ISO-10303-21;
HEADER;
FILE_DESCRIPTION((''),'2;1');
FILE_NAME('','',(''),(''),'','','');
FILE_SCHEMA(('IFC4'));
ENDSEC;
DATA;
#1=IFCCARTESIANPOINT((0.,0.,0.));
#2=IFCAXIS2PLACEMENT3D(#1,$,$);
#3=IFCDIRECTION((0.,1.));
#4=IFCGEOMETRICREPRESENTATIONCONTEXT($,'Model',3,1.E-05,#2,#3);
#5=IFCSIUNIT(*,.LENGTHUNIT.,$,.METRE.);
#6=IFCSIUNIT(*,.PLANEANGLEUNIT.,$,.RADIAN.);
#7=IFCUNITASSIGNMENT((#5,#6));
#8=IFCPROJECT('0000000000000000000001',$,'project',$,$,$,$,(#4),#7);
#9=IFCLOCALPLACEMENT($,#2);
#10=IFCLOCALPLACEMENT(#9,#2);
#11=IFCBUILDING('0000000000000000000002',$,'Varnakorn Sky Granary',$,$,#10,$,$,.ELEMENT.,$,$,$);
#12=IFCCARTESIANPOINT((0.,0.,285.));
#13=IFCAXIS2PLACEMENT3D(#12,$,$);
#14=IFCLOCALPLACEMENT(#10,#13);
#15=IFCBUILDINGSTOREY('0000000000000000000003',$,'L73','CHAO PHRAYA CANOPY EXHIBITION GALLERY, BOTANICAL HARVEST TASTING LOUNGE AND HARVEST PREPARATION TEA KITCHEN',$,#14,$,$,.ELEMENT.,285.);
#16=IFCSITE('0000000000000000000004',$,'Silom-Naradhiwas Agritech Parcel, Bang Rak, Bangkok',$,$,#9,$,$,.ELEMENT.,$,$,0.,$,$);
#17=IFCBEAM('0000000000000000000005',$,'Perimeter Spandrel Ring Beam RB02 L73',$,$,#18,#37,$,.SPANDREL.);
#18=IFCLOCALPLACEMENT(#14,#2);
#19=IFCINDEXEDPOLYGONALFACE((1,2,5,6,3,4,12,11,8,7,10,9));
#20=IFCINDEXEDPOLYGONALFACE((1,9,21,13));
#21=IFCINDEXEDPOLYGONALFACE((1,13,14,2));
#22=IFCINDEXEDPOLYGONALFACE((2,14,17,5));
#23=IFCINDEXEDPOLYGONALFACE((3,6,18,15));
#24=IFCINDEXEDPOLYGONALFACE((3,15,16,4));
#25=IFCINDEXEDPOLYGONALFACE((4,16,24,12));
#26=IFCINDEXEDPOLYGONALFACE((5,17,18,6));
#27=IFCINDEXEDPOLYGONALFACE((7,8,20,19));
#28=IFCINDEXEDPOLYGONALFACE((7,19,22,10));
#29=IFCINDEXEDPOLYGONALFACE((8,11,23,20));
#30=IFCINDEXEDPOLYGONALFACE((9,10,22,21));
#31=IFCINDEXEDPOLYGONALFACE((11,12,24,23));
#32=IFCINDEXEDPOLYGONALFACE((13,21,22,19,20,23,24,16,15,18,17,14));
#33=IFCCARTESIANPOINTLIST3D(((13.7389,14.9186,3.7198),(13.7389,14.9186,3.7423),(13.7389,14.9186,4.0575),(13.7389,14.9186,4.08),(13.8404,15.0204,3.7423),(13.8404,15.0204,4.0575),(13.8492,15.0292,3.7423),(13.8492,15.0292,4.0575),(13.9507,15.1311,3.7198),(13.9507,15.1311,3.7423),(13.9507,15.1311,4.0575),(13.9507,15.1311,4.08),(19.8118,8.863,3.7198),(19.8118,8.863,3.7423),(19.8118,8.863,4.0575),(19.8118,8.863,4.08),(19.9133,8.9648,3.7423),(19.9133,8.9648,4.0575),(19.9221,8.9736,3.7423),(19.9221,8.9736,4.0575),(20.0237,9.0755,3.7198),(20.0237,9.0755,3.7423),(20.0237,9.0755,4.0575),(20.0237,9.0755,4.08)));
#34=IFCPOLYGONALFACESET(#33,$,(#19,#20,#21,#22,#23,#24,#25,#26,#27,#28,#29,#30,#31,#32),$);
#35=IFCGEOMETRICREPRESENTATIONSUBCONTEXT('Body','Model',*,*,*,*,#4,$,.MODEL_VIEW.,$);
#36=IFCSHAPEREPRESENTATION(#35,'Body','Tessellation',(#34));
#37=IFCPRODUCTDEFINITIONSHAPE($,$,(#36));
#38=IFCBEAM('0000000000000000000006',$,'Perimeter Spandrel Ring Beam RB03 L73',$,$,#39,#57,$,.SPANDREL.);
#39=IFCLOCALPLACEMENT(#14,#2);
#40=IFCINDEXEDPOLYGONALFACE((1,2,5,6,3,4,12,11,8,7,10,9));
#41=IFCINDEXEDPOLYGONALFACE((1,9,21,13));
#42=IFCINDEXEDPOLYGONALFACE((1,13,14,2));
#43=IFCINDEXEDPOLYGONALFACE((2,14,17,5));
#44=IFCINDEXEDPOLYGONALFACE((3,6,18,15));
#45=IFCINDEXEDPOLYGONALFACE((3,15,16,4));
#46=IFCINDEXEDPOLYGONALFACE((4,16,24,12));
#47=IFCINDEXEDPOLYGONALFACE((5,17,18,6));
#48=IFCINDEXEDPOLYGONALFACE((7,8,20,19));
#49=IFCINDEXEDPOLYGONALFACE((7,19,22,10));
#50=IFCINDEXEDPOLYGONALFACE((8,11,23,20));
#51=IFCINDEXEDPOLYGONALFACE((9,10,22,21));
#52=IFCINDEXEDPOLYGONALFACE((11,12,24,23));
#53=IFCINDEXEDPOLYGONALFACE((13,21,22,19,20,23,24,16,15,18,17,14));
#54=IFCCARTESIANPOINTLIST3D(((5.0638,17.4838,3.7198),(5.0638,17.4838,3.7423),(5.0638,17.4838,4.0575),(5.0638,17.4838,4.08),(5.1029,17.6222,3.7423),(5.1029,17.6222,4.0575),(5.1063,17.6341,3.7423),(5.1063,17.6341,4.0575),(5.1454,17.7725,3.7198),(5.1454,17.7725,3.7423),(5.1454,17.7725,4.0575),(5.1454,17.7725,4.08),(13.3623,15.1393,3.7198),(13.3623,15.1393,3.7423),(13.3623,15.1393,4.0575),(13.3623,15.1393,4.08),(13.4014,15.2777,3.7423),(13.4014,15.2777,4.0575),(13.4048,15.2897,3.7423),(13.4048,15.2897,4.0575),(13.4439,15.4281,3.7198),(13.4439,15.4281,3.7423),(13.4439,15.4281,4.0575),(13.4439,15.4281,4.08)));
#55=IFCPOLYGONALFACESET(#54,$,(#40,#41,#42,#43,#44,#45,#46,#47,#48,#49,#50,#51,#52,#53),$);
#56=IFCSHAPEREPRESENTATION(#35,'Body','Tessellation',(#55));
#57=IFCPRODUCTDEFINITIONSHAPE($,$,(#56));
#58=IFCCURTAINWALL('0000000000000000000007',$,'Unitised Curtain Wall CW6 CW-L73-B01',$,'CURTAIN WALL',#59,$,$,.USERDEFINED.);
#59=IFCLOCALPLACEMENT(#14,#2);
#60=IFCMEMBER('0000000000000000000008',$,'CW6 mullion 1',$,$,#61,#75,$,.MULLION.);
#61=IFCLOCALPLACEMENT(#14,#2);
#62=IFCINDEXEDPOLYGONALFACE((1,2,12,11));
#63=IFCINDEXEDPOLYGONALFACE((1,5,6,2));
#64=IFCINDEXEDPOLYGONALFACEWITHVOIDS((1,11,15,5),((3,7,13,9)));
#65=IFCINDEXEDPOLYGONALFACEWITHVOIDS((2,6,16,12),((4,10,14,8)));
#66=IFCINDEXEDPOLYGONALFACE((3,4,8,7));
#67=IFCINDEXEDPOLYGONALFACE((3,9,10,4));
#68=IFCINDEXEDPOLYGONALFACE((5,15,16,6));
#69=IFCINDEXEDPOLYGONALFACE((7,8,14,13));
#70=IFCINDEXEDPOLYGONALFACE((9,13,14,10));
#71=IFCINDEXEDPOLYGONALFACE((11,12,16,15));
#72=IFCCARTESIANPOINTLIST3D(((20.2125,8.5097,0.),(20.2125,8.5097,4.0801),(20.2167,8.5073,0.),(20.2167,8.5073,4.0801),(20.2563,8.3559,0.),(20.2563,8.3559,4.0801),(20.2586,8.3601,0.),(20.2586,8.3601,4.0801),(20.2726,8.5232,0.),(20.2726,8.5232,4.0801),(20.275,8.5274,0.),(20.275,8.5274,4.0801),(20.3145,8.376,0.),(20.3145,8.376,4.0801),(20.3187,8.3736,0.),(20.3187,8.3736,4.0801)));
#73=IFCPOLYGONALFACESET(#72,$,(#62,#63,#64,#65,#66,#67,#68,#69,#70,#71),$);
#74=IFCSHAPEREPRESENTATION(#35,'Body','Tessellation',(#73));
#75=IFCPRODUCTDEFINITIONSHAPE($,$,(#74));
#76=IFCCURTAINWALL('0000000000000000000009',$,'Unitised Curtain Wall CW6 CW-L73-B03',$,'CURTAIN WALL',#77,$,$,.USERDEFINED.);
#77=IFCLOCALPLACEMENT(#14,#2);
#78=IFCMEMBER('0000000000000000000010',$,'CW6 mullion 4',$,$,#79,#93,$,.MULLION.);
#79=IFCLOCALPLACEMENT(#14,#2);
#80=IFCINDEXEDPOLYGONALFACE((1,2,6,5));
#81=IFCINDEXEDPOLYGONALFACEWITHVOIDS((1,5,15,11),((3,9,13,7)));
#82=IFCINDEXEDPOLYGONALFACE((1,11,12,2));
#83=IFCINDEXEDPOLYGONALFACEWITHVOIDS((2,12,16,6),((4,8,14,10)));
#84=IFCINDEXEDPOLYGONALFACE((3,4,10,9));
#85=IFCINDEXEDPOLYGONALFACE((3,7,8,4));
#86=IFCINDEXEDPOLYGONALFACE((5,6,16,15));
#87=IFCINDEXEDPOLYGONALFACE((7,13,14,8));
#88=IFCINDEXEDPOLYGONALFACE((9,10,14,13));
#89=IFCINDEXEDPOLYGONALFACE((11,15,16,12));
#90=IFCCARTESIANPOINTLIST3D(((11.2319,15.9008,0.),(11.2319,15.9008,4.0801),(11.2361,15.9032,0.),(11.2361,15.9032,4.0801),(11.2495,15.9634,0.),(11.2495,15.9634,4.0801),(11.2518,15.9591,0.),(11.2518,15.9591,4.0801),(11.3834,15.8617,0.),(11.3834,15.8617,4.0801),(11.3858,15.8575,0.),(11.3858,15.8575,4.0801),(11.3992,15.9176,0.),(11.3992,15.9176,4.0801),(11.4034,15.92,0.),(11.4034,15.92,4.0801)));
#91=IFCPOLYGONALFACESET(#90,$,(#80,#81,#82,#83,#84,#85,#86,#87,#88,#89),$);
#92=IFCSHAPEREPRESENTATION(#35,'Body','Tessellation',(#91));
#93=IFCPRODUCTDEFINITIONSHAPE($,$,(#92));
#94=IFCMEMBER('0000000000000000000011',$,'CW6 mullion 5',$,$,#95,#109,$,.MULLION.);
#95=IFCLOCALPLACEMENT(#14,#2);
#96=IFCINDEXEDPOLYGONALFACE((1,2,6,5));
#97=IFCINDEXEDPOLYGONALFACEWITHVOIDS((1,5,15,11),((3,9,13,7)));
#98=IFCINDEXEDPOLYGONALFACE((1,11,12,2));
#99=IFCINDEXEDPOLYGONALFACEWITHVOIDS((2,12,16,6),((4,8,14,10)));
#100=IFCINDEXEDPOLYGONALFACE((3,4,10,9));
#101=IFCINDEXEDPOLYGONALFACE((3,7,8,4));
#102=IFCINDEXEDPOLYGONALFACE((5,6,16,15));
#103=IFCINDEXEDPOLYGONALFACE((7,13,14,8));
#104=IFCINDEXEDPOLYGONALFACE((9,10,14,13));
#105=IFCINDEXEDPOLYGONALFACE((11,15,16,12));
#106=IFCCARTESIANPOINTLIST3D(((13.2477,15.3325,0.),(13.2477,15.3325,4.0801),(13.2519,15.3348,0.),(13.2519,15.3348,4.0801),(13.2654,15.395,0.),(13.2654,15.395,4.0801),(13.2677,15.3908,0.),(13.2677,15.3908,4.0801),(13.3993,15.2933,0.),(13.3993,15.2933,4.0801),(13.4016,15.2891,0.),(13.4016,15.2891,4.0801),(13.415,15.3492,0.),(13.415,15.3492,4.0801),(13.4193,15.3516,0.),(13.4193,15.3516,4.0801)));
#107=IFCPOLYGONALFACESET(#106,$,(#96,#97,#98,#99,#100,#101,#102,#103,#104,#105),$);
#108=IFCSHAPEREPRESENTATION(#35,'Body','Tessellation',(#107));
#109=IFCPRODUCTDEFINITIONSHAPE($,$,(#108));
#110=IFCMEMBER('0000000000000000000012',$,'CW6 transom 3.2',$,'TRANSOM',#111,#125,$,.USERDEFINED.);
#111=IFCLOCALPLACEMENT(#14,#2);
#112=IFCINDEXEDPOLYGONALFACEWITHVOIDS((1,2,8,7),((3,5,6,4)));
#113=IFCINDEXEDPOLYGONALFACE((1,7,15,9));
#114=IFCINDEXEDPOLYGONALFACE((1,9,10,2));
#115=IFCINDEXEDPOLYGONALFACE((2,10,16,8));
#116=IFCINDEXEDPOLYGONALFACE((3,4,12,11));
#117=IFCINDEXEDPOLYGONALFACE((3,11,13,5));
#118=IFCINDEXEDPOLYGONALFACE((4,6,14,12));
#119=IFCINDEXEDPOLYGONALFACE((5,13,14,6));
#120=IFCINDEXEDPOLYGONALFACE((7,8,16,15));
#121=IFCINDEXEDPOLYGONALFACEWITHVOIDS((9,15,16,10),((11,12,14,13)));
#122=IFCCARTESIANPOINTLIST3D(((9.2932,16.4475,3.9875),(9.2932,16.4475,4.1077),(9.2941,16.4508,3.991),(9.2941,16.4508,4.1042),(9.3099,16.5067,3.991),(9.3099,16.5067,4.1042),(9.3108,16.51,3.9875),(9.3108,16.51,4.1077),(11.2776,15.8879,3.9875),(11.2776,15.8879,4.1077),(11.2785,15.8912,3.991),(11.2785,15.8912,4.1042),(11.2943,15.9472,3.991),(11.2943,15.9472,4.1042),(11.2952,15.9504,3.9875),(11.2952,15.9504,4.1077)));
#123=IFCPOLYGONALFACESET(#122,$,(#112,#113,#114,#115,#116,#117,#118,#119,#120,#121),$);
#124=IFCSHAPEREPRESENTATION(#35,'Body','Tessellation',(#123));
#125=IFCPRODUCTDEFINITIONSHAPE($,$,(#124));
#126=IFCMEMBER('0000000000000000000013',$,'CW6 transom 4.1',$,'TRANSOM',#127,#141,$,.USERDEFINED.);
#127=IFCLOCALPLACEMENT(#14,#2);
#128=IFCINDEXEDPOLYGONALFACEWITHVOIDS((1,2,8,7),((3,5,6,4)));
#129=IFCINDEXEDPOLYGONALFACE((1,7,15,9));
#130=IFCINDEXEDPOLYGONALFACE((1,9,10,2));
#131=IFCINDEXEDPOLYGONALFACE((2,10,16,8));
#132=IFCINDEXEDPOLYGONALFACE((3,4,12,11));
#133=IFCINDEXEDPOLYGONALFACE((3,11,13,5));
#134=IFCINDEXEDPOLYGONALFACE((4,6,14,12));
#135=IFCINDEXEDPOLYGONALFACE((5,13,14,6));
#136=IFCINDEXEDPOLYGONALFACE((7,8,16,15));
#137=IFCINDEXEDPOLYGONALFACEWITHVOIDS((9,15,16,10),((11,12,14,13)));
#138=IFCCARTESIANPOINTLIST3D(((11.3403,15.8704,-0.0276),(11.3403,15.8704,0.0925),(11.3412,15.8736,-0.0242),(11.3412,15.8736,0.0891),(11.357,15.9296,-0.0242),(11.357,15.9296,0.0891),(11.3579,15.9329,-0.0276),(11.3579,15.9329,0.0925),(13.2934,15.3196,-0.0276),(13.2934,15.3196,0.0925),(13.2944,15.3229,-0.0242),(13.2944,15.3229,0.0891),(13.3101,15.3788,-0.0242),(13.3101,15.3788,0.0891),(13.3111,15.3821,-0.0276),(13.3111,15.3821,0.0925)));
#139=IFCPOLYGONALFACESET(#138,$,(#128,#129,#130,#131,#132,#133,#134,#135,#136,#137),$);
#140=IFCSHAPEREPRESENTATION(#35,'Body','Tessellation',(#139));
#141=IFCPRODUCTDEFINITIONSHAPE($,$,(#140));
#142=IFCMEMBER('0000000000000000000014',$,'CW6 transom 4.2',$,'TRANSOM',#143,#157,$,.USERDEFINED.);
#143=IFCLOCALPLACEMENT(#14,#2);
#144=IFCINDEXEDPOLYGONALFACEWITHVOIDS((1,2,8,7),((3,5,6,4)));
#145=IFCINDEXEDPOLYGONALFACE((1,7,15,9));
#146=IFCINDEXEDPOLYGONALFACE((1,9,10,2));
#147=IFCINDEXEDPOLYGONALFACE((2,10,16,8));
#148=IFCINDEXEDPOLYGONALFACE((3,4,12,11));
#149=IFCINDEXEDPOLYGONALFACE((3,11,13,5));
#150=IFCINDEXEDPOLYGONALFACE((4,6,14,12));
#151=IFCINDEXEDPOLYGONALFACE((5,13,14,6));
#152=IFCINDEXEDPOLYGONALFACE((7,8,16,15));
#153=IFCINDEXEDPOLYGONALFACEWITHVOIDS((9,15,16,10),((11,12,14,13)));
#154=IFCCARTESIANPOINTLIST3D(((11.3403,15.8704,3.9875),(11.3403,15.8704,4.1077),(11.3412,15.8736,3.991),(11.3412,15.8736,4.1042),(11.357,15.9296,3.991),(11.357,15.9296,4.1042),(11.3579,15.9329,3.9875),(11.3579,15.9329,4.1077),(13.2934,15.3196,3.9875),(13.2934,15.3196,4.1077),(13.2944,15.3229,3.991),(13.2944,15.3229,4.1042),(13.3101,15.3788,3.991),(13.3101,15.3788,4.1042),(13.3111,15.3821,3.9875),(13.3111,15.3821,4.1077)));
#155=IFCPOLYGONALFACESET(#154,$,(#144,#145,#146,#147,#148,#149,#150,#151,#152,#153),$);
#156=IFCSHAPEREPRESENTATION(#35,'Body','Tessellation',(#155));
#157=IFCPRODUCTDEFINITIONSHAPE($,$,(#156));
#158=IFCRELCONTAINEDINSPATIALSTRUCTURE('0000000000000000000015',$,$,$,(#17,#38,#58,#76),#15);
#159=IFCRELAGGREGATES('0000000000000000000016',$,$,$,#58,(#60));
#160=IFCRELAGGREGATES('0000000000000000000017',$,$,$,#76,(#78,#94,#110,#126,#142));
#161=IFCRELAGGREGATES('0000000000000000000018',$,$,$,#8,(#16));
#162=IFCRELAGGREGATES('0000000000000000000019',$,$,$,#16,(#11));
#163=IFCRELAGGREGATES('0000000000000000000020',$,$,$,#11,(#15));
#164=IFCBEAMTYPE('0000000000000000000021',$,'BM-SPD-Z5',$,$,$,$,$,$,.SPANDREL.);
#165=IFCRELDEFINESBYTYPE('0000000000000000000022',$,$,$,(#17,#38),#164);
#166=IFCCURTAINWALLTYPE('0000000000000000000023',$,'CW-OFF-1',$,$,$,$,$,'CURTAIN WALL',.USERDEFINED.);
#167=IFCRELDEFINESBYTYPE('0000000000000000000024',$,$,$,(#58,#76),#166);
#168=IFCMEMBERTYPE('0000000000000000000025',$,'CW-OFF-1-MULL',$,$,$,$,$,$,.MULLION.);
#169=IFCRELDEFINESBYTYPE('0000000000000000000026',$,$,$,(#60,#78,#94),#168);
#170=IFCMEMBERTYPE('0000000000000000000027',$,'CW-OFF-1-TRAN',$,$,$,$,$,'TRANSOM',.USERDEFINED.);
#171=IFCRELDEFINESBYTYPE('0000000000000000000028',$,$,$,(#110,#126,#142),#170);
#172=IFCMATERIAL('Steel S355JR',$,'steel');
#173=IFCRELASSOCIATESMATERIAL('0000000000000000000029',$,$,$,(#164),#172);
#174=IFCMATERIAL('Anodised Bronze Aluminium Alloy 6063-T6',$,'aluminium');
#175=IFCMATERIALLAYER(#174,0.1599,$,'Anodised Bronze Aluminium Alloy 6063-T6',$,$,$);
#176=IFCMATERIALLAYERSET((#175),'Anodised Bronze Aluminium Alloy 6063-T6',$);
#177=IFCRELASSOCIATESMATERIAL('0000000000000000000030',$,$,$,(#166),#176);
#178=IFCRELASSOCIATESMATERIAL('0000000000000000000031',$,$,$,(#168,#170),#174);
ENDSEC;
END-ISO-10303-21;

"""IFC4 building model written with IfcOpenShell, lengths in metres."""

from ifc_helpers import new_model, si_unit, direction, frame, origin, origin_2d, place, context, subcontext, project, spatial, hollow_rectangle, i_section, extrude, material, layer, layer_set, material_profile, profile_set, type_object, element, aggregate, save


model = new_model("IFC4")

# Units and contexts
model_context = context("Model", 3, precision=1e-05, world=origin(), true_north=direction((0.0, 1.0)))
body_context = subcontext(model_context, "Body", "Model", "MODEL_VIEW")
ifc_project = project(units=[si_unit("LENGTHUNIT", "METRE"), si_unit("PLANEANGLEUNIT", "RADIAN")], contexts=[model_context])

# Site, building, storey
site_placement = place(None, origin())
site = spatial("IfcSite", under=ifc_project, at=site_placement, Name="Silom-Naradhiwas Agritech Parcel, Bang Rak, Bangkok", CompositionType="ELEMENT", RefElevation=0.0)
building_placement = place(site_placement, origin())
building = spatial("IfcBuilding", under=site, at=building_placement, Name="Varnakorn Sky Granary", CompositionType="ELEMENT")
storey_placement = place(building_placement, frame((0.0, 0.0, 285.0)))
storey = spatial("IfcBuildingStorey", under=building, at=storey_placement, Name="L73", Description="CHAO PHRAYA CANOPY EXHIBITION GALLERY, BOTANICAL HARVEST TASTING LOUNGE AND HARVEST PREPARATION TEA KITCHEN", CompositionType="ELEMENT", Elevation=285.0)

# Beams
ifc_material_1 = material(Name="Steel S355JR", Category="steel")
ifc_material_profile_1 = material_profile(ifc_material_1, i_section(OverallWidth=0.3, OverallDepth=0.3601, WebThickness=0.0125, FlangeThickness=0.0225, at=origin_2d()), Name="HE 360 B")
ifc_profile_set_1 = profile_set([ifc_material_profile_1], Name="Steel S355JR")
beam_type_1 = type_object("IfcBeamType", Name="BM-SPD-Z5", PredefinedType="SPANDREL", material=ifc_profile_set_1)
beam_1_placement = place(storey_placement, frame((19.9177, 8.9692, 3.8999), z_axis=(-0.708117, 0.706095, 0.0), x_axis=(-0.706095, -0.708117, 0.0)))
element("IfcBeam", 1, at=beam_1_placement, inside=storey, type_object=beam_type_1, Name="Perimeter Spandrel Ring Beam RB02 L73", PredefinedType="SPANDREL", context=body_context, shape_type="SweptSolid", body=[
    extrude(i_section(OverallWidth=0.3, OverallDepth=0.3601, WebThickness=0.0125, FlangeThickness=0.0225, at=origin_2d()), origin(), (0.0, 0.0, 1.0), 8.5762),
])
beam_2_placement = place(storey_placement, frame((13.4031, 15.2837, 3.8999), z_axis=(-0.962333, 0.271874, 0.0), x_axis=(-0.271874, -0.962333, 0.0)))
element("IfcBeam", 2, at=beam_2_placement, inside=storey, type_object=beam_type_1, Name="Perimeter Spandrel Ring Beam RB03 L73", PredefinedType="SPANDREL", context=body_context, shape_type="SweptSolid", body=[
    extrude(i_section(OverallWidth=0.3, OverallDepth=0.3601, WebThickness=0.0125, FlangeThickness=0.0225, at=origin_2d()), origin(), (0.0, 0.0, 1.0), 8.6233),
])

# Curtain wall, member
ifc_material_2 = material(Name="Anodised Bronze Aluminium Alloy 6063-T6", Category="aluminium")
ifc_layer_1 = layer(ifc_material_2, 0.1599, Name="Anodised Bronze Aluminium Alloy 6063-T6")
ifc_layer_set_1 = layer_set([ifc_layer_1], Name="Anodised Bronze Aluminium Alloy 6063-T6")
curtain_wall_type = type_object("IfcCurtainWallType", Name="CW-OFF-1", ElementType="CURTAIN WALL", PredefinedType="USERDEFINED", material=ifc_layer_set_1)
curtain_wall_1_placement = place(storey_placement, origin())
curtain_wall_1 = element("IfcCurtainWall", 3, at=curtain_wall_1_placement, inside=storey, type_object=curtain_wall_type, Name="Unitised Curtain Wall CW6 CW-L73-B01", ObjectType="CURTAIN WALL", PredefinedType="USERDEFINED")
ifc_material_profile_2 = material_profile(ifc_material_2, hollow_rectangle(XDim=0.0649, YDim=0.1599, WallThickness=0.0034, at=origin_2d()), Name="ALU MULL 65x160")
ifc_profile_set_2 = profile_set([ifc_material_profile_2], Name="Anodised Bronze Aluminium Alloy 6063-T6")
member_type_1 = type_object("IfcMemberType", Name="CW-OFF-1-MULL", PredefinedType="MULLION", material=ifc_profile_set_2)
member_1_placement = place(storey_placement, frame((20.2656, 8.4417, 0.0), z_axis=(0.0, 0.0, 1.0), x_axis=(0.961813, 0.273709, 0.0)))
member_1 = element("IfcMember", 4, at=member_1_placement, type_object=member_type_1, Name="CW6 mullion 1", PredefinedType="MULLION", context=body_context, shape_type="SweptSolid", body=[
    extrude(hollow_rectangle(XDim=0.0649, YDim=0.1599, WallThickness=0.0034, at=origin_2d()), origin(), (0.0, 0.0, 1.0), 4.0801),
])
aggregate(curtain_wall_1, [member_1])

# Curtain wall, members
curtain_wall_2_placement = place(storey_placement, origin())
curtain_wall_2 = element("IfcCurtainWall", 5, at=curtain_wall_2_placement, inside=storey, type_object=curtain_wall_type, Name="Unitised Curtain Wall CW6 CW-L73-B03", ObjectType="CURTAIN WALL", PredefinedType="USERDEFINED")
member_2_placement = place(storey_placement, frame((11.3176, 15.9104, 0.0), z_axis=(0.0, 0.0, 1.0), x_axis=(0.271372, 0.962474, 0.0)))
member_2 = element("IfcMember", 6, at=member_2_placement, type_object=member_type_1, Name="CW6 mullion 4", PredefinedType="MULLION", context=body_context, shape_type="SweptSolid", body=[
    extrude(hollow_rectangle(XDim=0.0649, YDim=0.1599, WallThickness=0.0034, at=origin_2d()), origin(), (0.0, 0.0, 1.0), 4.0801),
])
member_3_placement = place(storey_placement, frame((13.3335, 15.342, 0.0), z_axis=(0.0, 0.0, 1.0), x_axis=(0.271372, 0.962474, 0.0)))
member_3 = element("IfcMember", 7, at=member_3_placement, type_object=member_type_1, Name="CW6 mullion 5", PredefinedType="MULLION", context=body_context, shape_type="SweptSolid", body=[
    extrude(hollow_rectangle(XDim=0.0649, YDim=0.1599, WallThickness=0.0034, at=origin_2d()), origin(), (0.0, 0.0, 1.0), 4.0801),
])
ifc_material_profile_3 = material_profile(ifc_material_2, hollow_rectangle(XDim=0.0649, YDim=0.1201, WallThickness=0.0034, at=origin_2d()), Name="ALU TRAN 65x120")
ifc_profile_set_3 = profile_set([ifc_material_profile_3], Name="Anodised Bronze Aluminium Alloy 6063-T6")
member_type_2 = type_object("IfcMemberType", Name="CW-OFF-1-TRAN", ElementType="TRANSOM", PredefinedType="USERDEFINED", material=ifc_profile_set_3)
member_4_placement = place(storey_placement, frame((9.302, 16.4788, 4.0476), z_axis=(0.962466, -0.271404, 0.0), x_axis=(0.271404, 0.962466, 0.0)))
member_4 = element("IfcMember", 8, at=member_4_placement, type_object=member_type_2, Name="CW6 transom 3.2", ObjectType="TRANSOM", PredefinedType="USERDEFINED", context=body_context, shape_type="SweptSolid", body=[
    extrude(hollow_rectangle(XDim=0.0649, YDim=0.1201, WallThickness=0.0034, at=origin_2d()), origin(), (0.0, 0.0, 1.0), 2.0618),
])
member_5_placement = place(storey_placement, frame((11.3491, 15.9016, 0.0325), z_axis=(0.962463, -0.271414, 0.0), x_axis=(0.271414, 0.962463, 0.0)))
member_5 = element("IfcMember", 9, at=member_5_placement, type_object=member_type_2, Name="CW6 transom 4.1", ObjectType="TRANSOM", PredefinedType="USERDEFINED", context=body_context, shape_type="SweptSolid", body=[
    extrude(hollow_rectangle(XDim=0.0649, YDim=0.1201, WallThickness=0.0034, at=origin_2d()), origin(), (0.0, 0.0, 1.0), 2.0293),
])
member_6_placement = place(storey_placement, frame((11.3491, 15.9016, 4.0476), z_axis=(0.962463, -0.271414, 0.0), x_axis=(0.271414, 0.962463, 0.0)))
member_6 = element("IfcMember", 10, at=member_6_placement, type_object=member_type_2, Name="CW6 transom 4.2", ObjectType="TRANSOM", PredefinedType="USERDEFINED", context=body_context, shape_type="SweptSolid", body=[
    extrude(hollow_rectangle(XDim=0.0649, YDim=0.1201, WallThickness=0.0034, at=origin_2d()), origin(), (0.0, 0.0, 1.0), 2.0293),
])

aggregate(curtain_wall_2, [member_2, member_3, member_4, member_5, member_6])

save(model, "model.ifc")
